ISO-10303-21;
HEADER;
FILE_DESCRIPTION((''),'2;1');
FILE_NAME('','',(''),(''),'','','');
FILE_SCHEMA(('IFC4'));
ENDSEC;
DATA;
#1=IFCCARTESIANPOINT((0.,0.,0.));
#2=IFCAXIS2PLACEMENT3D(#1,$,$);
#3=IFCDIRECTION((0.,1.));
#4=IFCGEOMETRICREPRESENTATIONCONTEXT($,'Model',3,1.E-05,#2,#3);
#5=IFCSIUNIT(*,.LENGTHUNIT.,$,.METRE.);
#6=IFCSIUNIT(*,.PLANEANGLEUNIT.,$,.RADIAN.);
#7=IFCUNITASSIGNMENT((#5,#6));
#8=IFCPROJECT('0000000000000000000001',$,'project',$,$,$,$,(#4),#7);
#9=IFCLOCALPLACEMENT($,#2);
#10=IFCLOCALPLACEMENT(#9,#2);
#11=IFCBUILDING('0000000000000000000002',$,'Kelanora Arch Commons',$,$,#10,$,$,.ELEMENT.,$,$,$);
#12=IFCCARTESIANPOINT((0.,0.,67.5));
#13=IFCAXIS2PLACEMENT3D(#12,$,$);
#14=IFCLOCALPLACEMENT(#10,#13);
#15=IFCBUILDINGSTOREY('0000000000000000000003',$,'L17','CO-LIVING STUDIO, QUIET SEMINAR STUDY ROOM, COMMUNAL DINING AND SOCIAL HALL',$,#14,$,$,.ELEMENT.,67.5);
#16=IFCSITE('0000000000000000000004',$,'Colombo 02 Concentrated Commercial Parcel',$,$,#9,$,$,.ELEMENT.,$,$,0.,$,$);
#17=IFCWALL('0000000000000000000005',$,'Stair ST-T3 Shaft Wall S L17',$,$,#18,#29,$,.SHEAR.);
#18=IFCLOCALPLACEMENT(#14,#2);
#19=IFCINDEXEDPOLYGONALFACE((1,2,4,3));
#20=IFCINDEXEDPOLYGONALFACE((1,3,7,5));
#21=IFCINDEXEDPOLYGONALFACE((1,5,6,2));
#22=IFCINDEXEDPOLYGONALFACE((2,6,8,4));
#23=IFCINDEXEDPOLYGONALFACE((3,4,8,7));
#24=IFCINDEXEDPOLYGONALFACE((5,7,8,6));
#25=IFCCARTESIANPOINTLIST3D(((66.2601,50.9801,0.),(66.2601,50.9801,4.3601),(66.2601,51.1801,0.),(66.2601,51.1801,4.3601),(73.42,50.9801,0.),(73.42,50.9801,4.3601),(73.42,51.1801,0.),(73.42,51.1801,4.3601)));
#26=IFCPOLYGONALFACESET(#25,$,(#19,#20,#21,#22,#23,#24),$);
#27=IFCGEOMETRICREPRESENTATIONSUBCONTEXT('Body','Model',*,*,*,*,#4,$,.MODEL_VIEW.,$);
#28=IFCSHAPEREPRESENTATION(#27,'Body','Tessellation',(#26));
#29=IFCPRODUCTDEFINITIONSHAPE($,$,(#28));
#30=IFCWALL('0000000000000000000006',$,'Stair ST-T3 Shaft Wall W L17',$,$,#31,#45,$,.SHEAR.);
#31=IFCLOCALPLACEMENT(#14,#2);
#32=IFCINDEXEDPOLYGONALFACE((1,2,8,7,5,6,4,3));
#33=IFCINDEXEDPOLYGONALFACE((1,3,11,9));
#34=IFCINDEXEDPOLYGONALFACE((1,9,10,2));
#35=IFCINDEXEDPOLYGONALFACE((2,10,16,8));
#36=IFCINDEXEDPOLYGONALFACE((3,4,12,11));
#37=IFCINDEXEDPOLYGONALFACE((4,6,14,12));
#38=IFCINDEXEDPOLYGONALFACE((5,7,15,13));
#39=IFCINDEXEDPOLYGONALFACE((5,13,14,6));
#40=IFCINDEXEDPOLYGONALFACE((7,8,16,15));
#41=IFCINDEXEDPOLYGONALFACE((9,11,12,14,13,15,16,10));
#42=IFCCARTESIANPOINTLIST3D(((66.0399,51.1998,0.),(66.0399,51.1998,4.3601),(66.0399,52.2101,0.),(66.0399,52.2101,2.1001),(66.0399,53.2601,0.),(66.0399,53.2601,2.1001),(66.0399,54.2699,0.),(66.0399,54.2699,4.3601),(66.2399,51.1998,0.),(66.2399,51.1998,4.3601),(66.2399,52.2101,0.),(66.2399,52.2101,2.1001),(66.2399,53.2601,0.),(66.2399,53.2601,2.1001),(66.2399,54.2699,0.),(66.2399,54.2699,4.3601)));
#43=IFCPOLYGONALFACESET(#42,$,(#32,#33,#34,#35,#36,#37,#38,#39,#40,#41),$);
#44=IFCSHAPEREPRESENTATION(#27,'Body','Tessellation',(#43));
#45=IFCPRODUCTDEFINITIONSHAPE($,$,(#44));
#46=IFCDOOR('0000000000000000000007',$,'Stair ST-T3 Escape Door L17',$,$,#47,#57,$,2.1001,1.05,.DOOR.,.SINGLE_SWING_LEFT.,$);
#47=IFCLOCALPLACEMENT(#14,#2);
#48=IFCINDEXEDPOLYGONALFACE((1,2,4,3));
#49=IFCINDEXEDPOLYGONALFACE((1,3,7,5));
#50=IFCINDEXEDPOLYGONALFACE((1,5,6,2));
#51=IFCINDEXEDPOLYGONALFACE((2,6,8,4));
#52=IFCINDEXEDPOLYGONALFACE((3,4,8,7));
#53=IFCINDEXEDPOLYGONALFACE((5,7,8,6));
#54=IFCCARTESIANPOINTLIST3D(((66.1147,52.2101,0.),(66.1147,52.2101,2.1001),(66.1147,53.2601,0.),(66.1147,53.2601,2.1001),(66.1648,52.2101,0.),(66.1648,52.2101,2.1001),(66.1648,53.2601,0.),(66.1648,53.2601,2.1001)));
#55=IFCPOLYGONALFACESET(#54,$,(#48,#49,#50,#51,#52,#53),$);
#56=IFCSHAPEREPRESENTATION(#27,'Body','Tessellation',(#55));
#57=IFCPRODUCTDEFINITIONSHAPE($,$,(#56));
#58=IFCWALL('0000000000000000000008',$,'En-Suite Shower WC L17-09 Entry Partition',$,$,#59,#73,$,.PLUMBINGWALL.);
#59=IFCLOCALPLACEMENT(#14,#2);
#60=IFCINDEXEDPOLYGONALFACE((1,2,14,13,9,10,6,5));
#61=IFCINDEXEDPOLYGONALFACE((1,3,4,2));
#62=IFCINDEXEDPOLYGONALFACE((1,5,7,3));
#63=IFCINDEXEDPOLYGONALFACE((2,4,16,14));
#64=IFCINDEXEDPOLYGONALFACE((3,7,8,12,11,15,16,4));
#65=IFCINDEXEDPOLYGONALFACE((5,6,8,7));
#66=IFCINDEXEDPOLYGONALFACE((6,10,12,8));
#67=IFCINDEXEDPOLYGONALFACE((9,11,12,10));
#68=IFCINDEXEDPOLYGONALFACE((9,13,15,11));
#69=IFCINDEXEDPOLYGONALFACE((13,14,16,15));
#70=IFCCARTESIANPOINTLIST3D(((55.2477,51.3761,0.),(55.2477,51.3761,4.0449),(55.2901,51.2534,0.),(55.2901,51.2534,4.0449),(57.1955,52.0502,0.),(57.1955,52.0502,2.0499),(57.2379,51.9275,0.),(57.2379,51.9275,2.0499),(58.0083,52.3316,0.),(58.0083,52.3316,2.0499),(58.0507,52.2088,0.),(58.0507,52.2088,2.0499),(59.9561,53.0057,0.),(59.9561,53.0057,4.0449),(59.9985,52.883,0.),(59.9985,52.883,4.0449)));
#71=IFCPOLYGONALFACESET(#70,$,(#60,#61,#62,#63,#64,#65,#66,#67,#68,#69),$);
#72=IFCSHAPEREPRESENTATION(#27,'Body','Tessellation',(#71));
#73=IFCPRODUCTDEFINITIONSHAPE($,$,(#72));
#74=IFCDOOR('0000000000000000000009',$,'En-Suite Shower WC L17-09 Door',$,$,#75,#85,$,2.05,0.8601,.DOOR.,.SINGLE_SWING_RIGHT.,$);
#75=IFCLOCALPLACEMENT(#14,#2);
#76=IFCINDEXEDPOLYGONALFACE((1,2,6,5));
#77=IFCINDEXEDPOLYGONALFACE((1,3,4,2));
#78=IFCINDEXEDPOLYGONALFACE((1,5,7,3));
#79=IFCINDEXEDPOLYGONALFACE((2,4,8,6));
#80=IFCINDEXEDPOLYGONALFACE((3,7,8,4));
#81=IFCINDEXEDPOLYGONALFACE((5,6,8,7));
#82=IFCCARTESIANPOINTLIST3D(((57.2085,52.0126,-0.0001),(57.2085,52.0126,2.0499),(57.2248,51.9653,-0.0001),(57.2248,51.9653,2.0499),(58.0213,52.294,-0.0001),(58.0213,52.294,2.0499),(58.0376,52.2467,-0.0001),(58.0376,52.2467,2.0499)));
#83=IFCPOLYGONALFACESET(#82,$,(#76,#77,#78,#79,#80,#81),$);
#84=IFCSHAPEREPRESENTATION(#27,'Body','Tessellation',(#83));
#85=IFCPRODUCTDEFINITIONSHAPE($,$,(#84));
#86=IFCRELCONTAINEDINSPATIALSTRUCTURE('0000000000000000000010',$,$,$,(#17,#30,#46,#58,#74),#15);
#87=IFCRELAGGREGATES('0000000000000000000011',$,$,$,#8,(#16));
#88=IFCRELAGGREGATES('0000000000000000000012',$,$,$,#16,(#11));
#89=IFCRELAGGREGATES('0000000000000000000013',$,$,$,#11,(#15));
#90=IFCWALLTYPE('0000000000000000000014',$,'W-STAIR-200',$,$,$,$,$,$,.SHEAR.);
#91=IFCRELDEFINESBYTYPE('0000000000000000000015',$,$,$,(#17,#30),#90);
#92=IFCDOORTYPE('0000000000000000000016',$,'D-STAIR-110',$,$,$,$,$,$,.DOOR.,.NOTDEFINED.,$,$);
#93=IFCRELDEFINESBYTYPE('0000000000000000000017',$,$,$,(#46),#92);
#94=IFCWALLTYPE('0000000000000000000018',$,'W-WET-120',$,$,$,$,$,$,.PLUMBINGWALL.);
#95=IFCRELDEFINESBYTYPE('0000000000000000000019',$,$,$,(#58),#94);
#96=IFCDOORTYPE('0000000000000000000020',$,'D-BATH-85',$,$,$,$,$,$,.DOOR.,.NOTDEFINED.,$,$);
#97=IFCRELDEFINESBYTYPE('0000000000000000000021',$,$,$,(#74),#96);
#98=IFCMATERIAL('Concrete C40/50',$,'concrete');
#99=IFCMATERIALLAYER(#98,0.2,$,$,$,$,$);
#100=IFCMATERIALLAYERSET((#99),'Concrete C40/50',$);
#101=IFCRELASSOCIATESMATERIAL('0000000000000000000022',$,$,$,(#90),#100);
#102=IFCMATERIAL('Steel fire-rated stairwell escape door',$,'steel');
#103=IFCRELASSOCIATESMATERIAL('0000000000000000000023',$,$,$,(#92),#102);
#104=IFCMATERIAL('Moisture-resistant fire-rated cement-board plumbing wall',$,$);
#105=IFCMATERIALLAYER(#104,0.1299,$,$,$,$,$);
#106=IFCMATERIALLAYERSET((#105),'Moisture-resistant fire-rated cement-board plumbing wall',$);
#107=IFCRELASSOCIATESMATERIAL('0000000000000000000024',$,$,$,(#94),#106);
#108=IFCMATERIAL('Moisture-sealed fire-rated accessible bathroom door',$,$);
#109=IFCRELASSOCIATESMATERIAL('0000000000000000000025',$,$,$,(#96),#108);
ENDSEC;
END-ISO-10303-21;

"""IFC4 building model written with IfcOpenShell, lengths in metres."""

from ifc_helpers import new_model, si_unit, direction, frame, frame_2d, origin, place, context, subcontext, project, spatial, rectangle, extrude, material, layer, layer_set, type_object, element, fill, save


model = new_model("IFC4")

# Units and contexts
model_context = context("Model", 3, precision=1e-05, world=origin(), true_north=direction((0.0, 1.0)))
body_context = subcontext(model_context, "Body", "Model", "MODEL_VIEW")
ifc_project = project(units=[si_unit("LENGTHUNIT", "METRE"), si_unit("PLANEANGLEUNIT", "RADIAN")], contexts=[model_context])

# Site, building, storey
site_placement = place(None, origin())
site = spatial("IfcSite", under=ifc_project, at=site_placement, Name="Colombo 02 Concentrated Commercial Parcel", CompositionType="ELEMENT", RefElevation=0.0)
building_placement = place(site_placement, origin())
building = spatial("IfcBuilding", under=site, at=building_placement, Name="Kelanora Arch Commons", CompositionType="ELEMENT")
storey_placement = place(building_placement, frame((0.0, 0.0, 67.5)))
storey = spatial("IfcBuildingStorey", under=building, at=storey_placement, Name="L17", Description="CO-LIVING STUDIO, QUIET SEMINAR STUDY ROOM, COMMUNAL DINING AND SOCIAL HALL", CompositionType="ELEMENT", Elevation=67.5)

# Shared definitions
ifc_material_1 = material(Name="Concrete C40/50", Category="concrete")

# Wall
ifc_layer_1 = layer(ifc_material_1, 0.2)
ifc_layer_set_1 = layer_set([ifc_layer_1], Name="Concrete C40/50")
wall_type_1 = type_object("IfcWallType", Name="W-STAIR-200", PredefinedType="SHEAR", material=ifc_layer_set_1)
wall_1_placement = place(storey_placement, frame((66.26, 51.0801, 0.0), z_axis=(0.0, 0.0, 1.0), x_axis=(1.0, 0.0, 0.0)))
element("IfcWall", 1, at=wall_1_placement, inside=storey, type_object=wall_type_1, Name="Stair ST-T3 Shaft Wall S L17", PredefinedType="SHEAR", context=body_context, shape_type="SweptSolid", body=[
    extrude(rectangle(XDim=7.1599, YDim=0.2, at=frame_2d((3.5801, 0.0))), origin(), (0.0, 0.0, 1.0), 4.3601),
])

# Walls, openings, doors
wall_2_placement = place(storey_placement, frame((66.1399, 54.27, 0.0), z_axis=(0.0, 0.0, 1.0), x_axis=(0.0, -1.0, 0.0)))
wall_2 = element("IfcWall", 2, at=wall_2_placement, inside=storey, type_object=wall_type_1, Name="Stair ST-T3 Shaft Wall W L17", PredefinedType="SHEAR", context=body_context, shape_type="SweptSolid", body=[
    extrude(rectangle(XDim=3.0701, YDim=0.2, at=frame_2d((1.5352, 0.0))), origin(), (0.0, 0.0, 1.0), 4.3601),
])
opening_1_placement = place(wall_2_placement, frame((1.01, 0.0, 0.0)))
opening_1 = element("IfcOpeningElement", 3, at=opening_1_placement, cuts=wall_2, PredefinedType="OPENING", context=body_context, shape_type="SweptSolid", body=[
    extrude(rectangle(XDim=1.05, YDim=2.1001, at=frame_2d((0.5249, 1.05))), frame((0.0, 0.1099, 0.0), z_axis=(0.0, -1.0, 0.0), x_axis=(1.0, 0.0, 0.0)), (0.0, 0.0, 1.0), 0.22),
])
ifc_material_2 = material(Name="Steel fire-rated stairwell escape door", Category="steel")
door_type_1 = type_object("IfcDoorType", Name="D-STAIR-110", OperationType="NOTDEFINED", PredefinedType="DOOR", material=ifc_material_2)
door_1_placement = place(opening_1_placement, origin())
door_1 = element("IfcDoor", 4, at=door_1_placement, inside=storey, type_object=door_type_1, Name="Stair ST-T3 Escape Door L17", OperationType="SINGLE_SWING_LEFT", OverallHeight=2.1001, OverallWidth=1.05, PredefinedType="DOOR", context=body_context, shape_type="SweptSolid", body=[
    extrude(rectangle(XDim=1.05, YDim=2.1001, at=frame_2d((0.5249, 1.05))), frame((0.0, 0.0249, 0.0), z_axis=(0.0, -1.0, 0.0), x_axis=(1.0, 0.0, 0.0)), (0.0, 0.0, 1.0), 0.05),
])
fill(opening_1, door_1)
ifc_material_3 = material(Name="Moisture-resistant fire-rated cement-board plumbing wall")
ifc_layer_2 = layer(ifc_material_3, 0.1299)
ifc_layer_set_2 = layer_set([ifc_layer_2], Name="Moisture-resistant fire-rated cement-board plumbing wall")
wall_type_2 = type_object("IfcWallType", Name="W-WET-120", PredefinedType="PLUMBINGWALL", material=ifc_layer_set_2)
wall_3_placement = place(storey_placement, frame((59.9773, 52.9443, 0.0), z_axis=(0.0, 0.0, 1.0), x_axis=(-0.945, -0.32707, 0.0)))
wall_3 = element("IfcWall", 5, at=wall_3_placement, inside=storey, type_object=wall_type_2, Name="En-Suite Shower WC L17-09 Entry Partition", PredefinedType="PLUMBINGWALL", context=body_context, shape_type="SweptSolid", body=[
    extrude(rectangle(XDim=4.9824, YDim=0.1299, at=frame_2d((2.4912, 0.0))), origin(), (0.0, 0.0, 1.0), 4.0449),
])
opening_2_placement = place(wall_3_placement, frame((2.061, 0.0, 0.0)))
opening_2 = element("IfcOpeningElement", 6, at=opening_2_placement, cuts=wall_3, PredefinedType="OPENING", context=body_context, shape_type="SweptSolid", body=[
    extrude(rectangle(XDim=0.8601, YDim=2.05, at=frame_2d((0.4302, 1.0249))), frame((0.0, 0.075, 0.0), z_axis=(0.0, -1.0, 0.0), x_axis=(1.0, 0.0, 0.0)), (0.0, 0.0, 1.0), 0.1499),
])
ifc_material_4 = material(Name="Moisture-sealed fire-rated accessible bathroom door")
door_type_2 = type_object("IfcDoorType", Name="D-BATH-85", OperationType="NOTDEFINED", PredefinedType="DOOR", material=ifc_material_4)
door_2_placement = place(opening_2_placement, origin())
door_2 = element("IfcDoor", 7, at=door_2_placement, inside=storey, type_object=door_type_2, Name="En-Suite Shower WC L17-09 Door", OperationType="SINGLE_SWING_RIGHT", OverallHeight=2.05, OverallWidth=0.8601, PredefinedType="DOOR", context=body_context, shape_type="SweptSolid", body=[
    extrude(rectangle(XDim=0.8601, YDim=2.05, at=frame_2d((0.4302, 1.0249))), frame((0.0, 0.0249, 0.0), z_axis=(0.0, -1.0, 0.0), x_axis=(1.0, 0.0, 0.0)), (0.0, 0.0, 1.0), 0.05),
])
fill(opening_2, door_2)

save(model, "model.ifc")
